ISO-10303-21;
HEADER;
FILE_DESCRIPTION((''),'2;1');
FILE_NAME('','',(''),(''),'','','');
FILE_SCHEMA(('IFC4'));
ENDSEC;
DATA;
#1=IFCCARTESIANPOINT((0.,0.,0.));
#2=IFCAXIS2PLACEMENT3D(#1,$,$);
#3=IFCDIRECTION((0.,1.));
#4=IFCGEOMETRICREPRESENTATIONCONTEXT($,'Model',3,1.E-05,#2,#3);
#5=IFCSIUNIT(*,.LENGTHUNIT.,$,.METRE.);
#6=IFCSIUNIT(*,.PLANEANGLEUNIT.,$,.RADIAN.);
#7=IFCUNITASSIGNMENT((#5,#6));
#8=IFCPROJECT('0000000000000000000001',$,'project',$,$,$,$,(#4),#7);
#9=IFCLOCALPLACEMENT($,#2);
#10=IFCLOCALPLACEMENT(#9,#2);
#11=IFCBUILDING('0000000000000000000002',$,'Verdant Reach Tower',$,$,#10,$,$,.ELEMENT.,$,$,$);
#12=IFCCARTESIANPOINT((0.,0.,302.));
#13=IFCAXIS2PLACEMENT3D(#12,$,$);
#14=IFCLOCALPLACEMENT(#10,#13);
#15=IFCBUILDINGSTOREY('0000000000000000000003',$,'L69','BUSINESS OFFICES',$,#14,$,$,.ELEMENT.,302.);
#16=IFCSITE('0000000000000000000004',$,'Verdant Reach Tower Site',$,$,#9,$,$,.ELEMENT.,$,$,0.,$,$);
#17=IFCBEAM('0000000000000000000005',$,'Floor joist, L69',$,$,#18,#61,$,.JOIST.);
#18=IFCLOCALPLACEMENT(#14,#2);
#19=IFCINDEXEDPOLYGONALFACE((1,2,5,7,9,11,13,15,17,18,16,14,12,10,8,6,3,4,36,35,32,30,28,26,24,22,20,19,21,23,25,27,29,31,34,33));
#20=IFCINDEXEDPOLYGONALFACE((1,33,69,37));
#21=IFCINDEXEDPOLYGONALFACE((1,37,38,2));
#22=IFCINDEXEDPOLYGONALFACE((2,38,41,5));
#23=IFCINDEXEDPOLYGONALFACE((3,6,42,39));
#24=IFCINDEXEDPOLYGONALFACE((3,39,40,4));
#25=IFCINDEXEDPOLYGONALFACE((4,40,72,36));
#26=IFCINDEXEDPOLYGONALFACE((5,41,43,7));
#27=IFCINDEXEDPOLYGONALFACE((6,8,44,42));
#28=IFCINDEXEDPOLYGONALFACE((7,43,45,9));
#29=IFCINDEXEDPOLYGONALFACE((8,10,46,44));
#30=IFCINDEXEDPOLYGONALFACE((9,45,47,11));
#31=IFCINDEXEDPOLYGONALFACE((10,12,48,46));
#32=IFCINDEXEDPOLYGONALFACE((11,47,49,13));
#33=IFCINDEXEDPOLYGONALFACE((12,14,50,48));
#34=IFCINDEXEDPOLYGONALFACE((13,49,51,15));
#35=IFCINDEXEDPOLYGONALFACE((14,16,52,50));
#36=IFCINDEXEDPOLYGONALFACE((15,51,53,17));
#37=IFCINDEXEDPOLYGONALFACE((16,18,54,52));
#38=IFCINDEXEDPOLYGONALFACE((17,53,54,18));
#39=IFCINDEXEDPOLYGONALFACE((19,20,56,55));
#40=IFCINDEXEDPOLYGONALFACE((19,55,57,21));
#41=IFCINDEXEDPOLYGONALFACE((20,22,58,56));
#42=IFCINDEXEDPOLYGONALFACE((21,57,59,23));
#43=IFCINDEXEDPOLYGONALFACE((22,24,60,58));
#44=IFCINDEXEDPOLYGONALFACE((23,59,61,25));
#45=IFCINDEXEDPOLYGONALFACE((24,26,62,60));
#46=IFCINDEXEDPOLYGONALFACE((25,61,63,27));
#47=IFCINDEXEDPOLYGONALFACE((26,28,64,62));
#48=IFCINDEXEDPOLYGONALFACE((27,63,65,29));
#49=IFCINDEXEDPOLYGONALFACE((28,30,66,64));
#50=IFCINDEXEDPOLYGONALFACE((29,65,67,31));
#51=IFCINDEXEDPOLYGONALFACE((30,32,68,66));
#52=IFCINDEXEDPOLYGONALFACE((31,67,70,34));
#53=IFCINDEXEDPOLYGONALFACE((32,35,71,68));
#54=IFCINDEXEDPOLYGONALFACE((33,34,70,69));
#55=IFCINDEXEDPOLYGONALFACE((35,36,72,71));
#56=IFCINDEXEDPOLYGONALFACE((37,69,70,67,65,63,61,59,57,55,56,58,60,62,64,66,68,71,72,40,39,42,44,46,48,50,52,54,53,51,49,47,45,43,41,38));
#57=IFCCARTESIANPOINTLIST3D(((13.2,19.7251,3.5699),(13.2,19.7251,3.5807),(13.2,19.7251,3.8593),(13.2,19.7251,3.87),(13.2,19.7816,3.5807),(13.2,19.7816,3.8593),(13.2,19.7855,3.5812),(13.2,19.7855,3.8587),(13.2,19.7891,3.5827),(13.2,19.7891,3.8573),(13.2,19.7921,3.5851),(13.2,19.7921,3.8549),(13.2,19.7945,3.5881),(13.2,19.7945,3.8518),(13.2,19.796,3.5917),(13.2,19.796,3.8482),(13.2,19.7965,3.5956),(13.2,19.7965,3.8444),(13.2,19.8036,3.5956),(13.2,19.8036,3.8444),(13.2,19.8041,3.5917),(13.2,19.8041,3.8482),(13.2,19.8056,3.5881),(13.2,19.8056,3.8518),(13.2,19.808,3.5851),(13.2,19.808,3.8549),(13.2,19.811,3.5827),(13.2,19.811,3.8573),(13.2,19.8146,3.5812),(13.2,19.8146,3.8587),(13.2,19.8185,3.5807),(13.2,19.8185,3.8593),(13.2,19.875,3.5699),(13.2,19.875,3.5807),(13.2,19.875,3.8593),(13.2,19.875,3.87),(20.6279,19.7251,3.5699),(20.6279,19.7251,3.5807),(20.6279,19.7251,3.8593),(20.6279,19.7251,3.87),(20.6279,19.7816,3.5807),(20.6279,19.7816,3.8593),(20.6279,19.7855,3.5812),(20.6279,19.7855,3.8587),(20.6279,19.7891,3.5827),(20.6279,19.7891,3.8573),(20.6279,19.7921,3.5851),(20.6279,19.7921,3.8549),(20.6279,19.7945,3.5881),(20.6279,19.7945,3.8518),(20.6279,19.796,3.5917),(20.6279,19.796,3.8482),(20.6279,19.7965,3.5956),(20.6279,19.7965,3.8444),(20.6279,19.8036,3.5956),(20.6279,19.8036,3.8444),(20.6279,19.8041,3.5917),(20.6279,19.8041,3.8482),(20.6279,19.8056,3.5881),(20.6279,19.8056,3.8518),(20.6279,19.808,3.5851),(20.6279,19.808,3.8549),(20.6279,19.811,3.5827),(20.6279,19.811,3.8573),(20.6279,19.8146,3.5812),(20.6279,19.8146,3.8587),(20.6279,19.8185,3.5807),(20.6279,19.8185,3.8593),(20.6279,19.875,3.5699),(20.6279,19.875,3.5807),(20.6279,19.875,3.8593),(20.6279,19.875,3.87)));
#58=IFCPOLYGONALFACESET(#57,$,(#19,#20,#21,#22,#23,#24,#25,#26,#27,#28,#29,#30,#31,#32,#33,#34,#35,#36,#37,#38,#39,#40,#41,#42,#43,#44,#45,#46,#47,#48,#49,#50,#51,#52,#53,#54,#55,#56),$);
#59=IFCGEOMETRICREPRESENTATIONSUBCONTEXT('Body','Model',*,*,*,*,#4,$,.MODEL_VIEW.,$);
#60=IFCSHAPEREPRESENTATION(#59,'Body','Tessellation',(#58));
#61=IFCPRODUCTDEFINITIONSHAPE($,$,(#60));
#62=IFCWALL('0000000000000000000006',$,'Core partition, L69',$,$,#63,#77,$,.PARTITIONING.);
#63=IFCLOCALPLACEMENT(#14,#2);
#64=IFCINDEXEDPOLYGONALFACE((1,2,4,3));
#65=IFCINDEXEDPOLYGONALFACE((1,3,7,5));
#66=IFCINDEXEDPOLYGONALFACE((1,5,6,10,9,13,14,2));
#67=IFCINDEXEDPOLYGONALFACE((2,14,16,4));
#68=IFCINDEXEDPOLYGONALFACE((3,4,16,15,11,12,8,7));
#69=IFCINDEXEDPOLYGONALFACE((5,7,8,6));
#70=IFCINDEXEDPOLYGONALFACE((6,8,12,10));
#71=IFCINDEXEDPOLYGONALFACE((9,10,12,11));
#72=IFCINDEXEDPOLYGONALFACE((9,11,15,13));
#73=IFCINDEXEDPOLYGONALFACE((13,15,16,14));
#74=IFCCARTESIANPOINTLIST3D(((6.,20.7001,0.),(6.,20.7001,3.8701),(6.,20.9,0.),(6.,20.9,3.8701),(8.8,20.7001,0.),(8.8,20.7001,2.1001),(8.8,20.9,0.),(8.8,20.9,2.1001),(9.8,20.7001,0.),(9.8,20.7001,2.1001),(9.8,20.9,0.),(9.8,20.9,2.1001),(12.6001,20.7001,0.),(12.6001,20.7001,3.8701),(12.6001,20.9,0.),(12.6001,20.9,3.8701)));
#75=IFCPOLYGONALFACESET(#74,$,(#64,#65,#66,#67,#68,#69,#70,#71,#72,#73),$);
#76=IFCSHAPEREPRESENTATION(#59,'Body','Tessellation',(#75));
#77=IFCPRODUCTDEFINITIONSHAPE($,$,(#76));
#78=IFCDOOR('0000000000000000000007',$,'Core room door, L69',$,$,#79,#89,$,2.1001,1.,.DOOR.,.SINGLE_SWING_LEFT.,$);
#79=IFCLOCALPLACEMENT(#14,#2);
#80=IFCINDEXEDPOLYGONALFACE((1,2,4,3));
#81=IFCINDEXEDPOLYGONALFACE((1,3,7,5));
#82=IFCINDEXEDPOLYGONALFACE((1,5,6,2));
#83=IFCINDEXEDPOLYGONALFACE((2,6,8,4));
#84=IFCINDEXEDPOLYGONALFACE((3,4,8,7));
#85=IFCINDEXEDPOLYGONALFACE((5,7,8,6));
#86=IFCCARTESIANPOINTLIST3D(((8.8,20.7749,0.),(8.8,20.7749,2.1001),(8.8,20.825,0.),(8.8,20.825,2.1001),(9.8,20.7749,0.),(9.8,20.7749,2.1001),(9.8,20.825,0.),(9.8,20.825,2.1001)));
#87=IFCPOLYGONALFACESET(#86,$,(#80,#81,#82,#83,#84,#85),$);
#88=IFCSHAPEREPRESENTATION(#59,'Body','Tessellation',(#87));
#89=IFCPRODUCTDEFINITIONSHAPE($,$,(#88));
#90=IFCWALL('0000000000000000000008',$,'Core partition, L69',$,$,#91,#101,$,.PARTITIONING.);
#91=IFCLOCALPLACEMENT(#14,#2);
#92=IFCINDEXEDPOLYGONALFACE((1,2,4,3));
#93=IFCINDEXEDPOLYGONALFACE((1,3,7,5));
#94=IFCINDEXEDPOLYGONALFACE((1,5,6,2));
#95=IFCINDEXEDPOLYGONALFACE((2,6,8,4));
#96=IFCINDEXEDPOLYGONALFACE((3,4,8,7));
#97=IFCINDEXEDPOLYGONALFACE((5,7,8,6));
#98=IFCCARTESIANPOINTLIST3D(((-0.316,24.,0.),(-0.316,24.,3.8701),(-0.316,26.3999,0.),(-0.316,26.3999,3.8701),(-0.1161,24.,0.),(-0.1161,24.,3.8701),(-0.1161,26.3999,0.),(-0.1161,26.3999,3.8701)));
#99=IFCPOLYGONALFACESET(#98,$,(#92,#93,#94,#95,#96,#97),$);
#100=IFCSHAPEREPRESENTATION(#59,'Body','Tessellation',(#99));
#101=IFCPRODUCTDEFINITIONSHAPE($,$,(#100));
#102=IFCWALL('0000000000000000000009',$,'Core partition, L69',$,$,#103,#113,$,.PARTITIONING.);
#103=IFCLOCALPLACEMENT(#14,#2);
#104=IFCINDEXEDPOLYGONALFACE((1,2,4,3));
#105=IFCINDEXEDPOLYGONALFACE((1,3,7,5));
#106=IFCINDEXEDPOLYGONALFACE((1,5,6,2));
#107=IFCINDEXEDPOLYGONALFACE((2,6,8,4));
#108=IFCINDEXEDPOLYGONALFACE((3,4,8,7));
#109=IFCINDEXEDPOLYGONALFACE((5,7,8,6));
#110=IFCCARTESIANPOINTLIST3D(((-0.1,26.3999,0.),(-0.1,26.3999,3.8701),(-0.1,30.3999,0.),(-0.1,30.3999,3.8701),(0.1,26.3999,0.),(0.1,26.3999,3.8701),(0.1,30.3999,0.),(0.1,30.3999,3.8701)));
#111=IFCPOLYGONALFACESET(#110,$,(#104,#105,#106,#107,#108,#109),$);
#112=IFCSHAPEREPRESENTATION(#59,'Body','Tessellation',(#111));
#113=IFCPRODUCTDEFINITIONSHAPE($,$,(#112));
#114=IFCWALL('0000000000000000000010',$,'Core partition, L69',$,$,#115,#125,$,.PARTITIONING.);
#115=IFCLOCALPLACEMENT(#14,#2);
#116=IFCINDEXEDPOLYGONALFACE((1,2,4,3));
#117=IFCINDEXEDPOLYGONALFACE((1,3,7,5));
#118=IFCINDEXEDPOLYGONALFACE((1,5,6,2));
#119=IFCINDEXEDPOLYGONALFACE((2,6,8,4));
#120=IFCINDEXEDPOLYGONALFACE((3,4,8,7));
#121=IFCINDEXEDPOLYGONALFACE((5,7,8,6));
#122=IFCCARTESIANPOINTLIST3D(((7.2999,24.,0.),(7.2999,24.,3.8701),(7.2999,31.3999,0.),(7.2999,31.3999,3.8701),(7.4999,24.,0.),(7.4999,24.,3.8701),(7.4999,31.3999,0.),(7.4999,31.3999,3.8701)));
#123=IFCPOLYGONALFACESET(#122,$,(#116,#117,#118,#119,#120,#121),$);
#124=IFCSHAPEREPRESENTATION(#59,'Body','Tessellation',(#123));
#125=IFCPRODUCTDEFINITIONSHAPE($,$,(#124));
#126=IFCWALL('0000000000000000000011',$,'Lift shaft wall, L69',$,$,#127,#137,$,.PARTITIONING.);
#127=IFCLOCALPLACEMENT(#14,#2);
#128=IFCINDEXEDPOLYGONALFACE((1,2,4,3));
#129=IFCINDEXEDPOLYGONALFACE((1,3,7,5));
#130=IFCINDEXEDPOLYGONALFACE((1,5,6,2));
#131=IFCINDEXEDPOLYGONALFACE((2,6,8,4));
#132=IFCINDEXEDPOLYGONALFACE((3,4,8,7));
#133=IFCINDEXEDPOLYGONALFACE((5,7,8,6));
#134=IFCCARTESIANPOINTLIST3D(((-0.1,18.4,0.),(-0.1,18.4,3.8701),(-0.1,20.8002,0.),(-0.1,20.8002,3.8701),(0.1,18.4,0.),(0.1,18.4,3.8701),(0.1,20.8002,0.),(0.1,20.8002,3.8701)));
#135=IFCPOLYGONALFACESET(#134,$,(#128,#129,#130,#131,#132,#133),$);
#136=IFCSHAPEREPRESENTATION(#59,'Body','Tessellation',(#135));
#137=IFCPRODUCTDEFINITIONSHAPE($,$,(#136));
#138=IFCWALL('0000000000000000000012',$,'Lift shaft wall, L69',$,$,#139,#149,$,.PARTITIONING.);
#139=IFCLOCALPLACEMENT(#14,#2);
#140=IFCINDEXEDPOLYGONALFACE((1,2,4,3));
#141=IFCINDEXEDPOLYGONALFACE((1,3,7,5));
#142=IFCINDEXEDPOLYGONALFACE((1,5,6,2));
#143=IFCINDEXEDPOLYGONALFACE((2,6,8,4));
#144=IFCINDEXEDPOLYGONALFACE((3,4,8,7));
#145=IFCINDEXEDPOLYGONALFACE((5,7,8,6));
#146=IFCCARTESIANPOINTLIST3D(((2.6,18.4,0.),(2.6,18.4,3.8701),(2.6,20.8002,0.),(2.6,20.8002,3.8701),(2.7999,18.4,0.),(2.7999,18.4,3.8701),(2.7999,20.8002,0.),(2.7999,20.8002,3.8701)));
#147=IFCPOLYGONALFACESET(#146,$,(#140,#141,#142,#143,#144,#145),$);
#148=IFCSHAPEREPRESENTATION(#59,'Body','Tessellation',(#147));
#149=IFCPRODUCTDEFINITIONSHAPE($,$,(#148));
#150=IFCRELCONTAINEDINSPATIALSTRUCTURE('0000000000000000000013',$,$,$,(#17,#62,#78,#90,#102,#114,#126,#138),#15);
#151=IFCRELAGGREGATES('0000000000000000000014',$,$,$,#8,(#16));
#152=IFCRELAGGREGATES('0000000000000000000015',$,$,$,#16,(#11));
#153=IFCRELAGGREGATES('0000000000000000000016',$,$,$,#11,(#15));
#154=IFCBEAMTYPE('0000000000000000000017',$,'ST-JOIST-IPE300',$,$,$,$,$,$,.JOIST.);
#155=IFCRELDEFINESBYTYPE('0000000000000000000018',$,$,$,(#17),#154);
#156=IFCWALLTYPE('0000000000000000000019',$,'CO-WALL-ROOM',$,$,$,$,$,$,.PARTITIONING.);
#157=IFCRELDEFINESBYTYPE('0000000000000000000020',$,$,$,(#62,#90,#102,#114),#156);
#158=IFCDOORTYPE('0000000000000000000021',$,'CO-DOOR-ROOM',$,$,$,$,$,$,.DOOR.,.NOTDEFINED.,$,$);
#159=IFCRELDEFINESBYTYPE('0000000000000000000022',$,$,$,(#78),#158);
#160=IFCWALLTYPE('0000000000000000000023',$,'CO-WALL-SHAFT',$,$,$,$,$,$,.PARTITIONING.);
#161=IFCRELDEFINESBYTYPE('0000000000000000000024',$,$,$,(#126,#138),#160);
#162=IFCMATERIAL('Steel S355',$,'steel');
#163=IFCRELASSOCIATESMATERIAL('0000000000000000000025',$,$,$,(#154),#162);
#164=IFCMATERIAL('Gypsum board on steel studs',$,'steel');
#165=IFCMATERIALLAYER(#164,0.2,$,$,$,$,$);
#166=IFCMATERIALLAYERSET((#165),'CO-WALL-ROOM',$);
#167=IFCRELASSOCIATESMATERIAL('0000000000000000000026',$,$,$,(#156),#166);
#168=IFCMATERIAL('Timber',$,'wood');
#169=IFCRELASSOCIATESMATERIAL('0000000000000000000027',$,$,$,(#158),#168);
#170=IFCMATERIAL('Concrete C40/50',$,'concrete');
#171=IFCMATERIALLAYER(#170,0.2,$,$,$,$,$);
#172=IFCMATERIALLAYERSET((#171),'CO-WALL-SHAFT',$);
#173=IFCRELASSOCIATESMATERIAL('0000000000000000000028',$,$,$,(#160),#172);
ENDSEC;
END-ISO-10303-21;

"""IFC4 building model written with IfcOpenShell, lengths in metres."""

from ifc_helpers import new_model, si_unit, direction, frame, frame_2d, origin, origin_2d, place, context, subcontext, project, spatial, rectangle, i_section, extrude, material, layer, layer_set, material_profile, profile_set, type_object, element, fill, save


model = new_model("IFC4")

# Units and contexts
model_context = context("Model", 3, precision=1e-05, world=origin(), true_north=direction((0.0, 1.0)))
body_context = subcontext(model_context, "Body", "Model", "MODEL_VIEW")
ifc_project = project(units=[si_unit("LENGTHUNIT", "METRE"), si_unit("PLANEANGLEUNIT", "RADIAN")], contexts=[model_context])

# Site, building, storey
site_placement = place(None, origin())
site = spatial("IfcSite", under=ifc_project, at=site_placement, Name="Verdant Reach Tower Site", CompositionType="ELEMENT", RefElevation=0.0)
building_placement = place(site_placement, origin())
building = spatial("IfcBuilding", under=site, at=building_placement, Name="Verdant Reach Tower", CompositionType="ELEMENT")
storey_placement = place(building_placement, frame((0.0, 0.0, 302.0)))
storey = spatial("IfcBuildingStorey", under=building, at=storey_placement, Name="L69", Description="BUSINESS OFFICES", CompositionType="ELEMENT", Elevation=302.0)

# Beam
ifc_material_1 = material(Name="Steel S355", Category="steel")
ifc_material_profile = material_profile(ifc_material_1, i_section(OverallWidth=0.1499, OverallDepth=0.3, WebThickness=0.0071, FlangeThickness=0.0107, FilletRadius=0.0149, at=origin_2d()), Name="IPE 300")
ifc_profile_set = profile_set([ifc_material_profile], Name="Steel S355")
beam_type = type_object("IfcBeamType", Name="ST-JOIST-IPE300", PredefinedType="JOIST", material=ifc_profile_set)
beam_placement = place(storey_placement, frame((13.2, 19.8, 3.72), z_axis=(1.0, 0.0, 0.0), x_axis=(0.0, 1.0, 0.0)))
element("IfcBeam", 1, at=beam_placement, inside=storey, type_object=beam_type, Name="Floor joist, L69", PredefinedType="JOIST", context=body_context, shape_type="SweptSolid", body=[
    extrude(i_section(OverallWidth=0.1499, OverallDepth=0.3, WebThickness=0.0071, FlangeThickness=0.0107, FilletRadius=0.0149, at=origin_2d()), origin(), (0.0, 0.0, 1.0), 7.428),
])

# Wall, opening, door
ifc_material_2 = material(Name="Gypsum board on steel studs", Category="steel")
ifc_layer_1 = layer(ifc_material_2, 0.2)
ifc_layer_set_1 = layer_set([ifc_layer_1], Name="CO-WALL-ROOM")
wall_type_1 = type_object("IfcWallType", Name="CO-WALL-ROOM", PredefinedType="PARTITIONING", material=ifc_layer_set_1)
wall_1_placement = place(storey_placement, frame((6.0, 20.8, 0.0), z_axis=(0.0, 0.0, 1.0), x_axis=(1.0, 0.0, 0.0)))
wall_1 = element("IfcWall", 2, at=wall_1_placement, inside=storey, type_object=wall_type_1, Name="Core partition, L69", PredefinedType="PARTITIONING", context=body_context, shape_type="SweptSolid", body=[
    extrude(rectangle(XDim=6.6001, YDim=0.2, at=frame_2d((3.3, 0.0))), origin(), (0.0, 0.0, 1.0), 3.8701),
])
opening_1_placement = place(wall_1_placement, frame((2.8, 0.0, 0.0)))
opening_1 = element("IfcOpeningElement", 3, at=opening_1_placement, cuts=wall_1, PredefinedType="OPENING", context=body_context, shape_type="SweptSolid", body=[
    extrude(rectangle(XDim=1.0, YDim=2.1001, at=frame_2d((0.5, 1.05))), frame((0.0, 0.1099, 0.0), z_axis=(0.0, -1.0, 0.0), x_axis=(1.0, 0.0, 0.0)), (0.0, 0.0, 1.0), 0.22),
])
ifc_material_3 = material(Name="Timber", Category="wood")
door_type_1 = type_object("IfcDoorType", Name="CO-DOOR-ROOM", OperationType="NOTDEFINED", PredefinedType="DOOR", material=ifc_material_3)
door_1_placement = place(opening_1_placement, origin())
door_1 = element("IfcDoor", 4, at=door_1_placement, inside=storey, type_object=door_type_1, Name="Core room door, L69", OperationType="SINGLE_SWING_LEFT", OverallHeight=2.1001, OverallWidth=1.0, PredefinedType="DOOR", context=body_context, shape_type="SweptSolid", body=[
    extrude(rectangle(XDim=1.0, YDim=2.1001, at=frame_2d((0.5, 1.05))), frame((0.0, 0.0249, 0.0), z_axis=(0.0, -1.0, 0.0), x_axis=(1.0, 0.0, 0.0)), (0.0, 0.0, 1.0), 0.05),
])
fill(opening_1, door_1)

# Walls
wall_2_placement = place(storey_placement, frame((-0.2161, 24.0, 0.0), z_axis=(0.0, 0.0, 1.0), x_axis=(0.0, 1.0, 0.0)))
element("IfcWall", 5, at=wall_2_placement, inside=storey, type_object=wall_type_1, Name="Core partition, L69", PredefinedType="PARTITIONING", context=body_context, shape_type="SweptSolid", body=[
    extrude(rectangle(XDim=2.3999, YDim=0.2, at=frame_2d((1.2, 0.0))), origin(), (0.0, 0.0, 1.0), 3.8701),
])
wall_3_placement = place(storey_placement, frame((0.0, 26.3999, 0.0), z_axis=(0.0, 0.0, 1.0), x_axis=(0.0, 1.0, 0.0)))
element("IfcWall", 6, at=wall_3_placement, inside=storey, type_object=wall_type_1, Name="Core partition, L69", PredefinedType="PARTITIONING", context=body_context, shape_type="SweptSolid", body=[
    extrude(rectangle(XDim=4.0, YDim=0.2, at=frame_2d((2.0, 0.0))), origin(), (0.0, 0.0, 1.0), 3.8701),
])
wall_4_placement = place(storey_placement, frame((7.3999, 24.0, 0.0), z_axis=(0.0, 0.0, 1.0), x_axis=(0.0, 1.0, 0.0)))
element("IfcWall", 7, at=wall_4_placement, inside=storey, type_object=wall_type_1, Name="Core partition, L69", PredefinedType="PARTITIONING", context=body_context, shape_type="SweptSolid", body=[
    extrude(rectangle(XDim=7.3999, YDim=0.2, at=frame_2d((3.7, 0.0))), origin(), (0.0, 0.0, 1.0), 3.8701),
])
ifc_material_4 = material(Name="Concrete C40/50", Category="concrete")
ifc_layer_2 = layer(ifc_material_4, 0.2)
ifc_layer_set_2 = layer_set([ifc_layer_2], Name="CO-WALL-SHAFT")
wall_type_2 = type_object("IfcWallType", Name="CO-WALL-SHAFT", PredefinedType="PARTITIONING", material=ifc_layer_set_2)
for number, where, z_axis, x_axis, name in (
    (8, (0.0, 18.3999, 0.0), (0.0, 0.0, 1.0), (0.0, 1.0, 0.0), "Lift shaft wall, L69"),
    (9, (2.7, 18.3999, 0.0), (0.0, 0.0, 1.0), (0.0, 1.0, 0.0), "Lift shaft wall, L69"),
):
    element("IfcWall", number, at=place(storey_placement, frame(where, z_axis=z_axis, x_axis=x_axis)), inside=storey, type_object=wall_type_2, Name=name, PredefinedType="PARTITIONING", context=body_context, shape_type="SweptSolid", body=[
        extrude(rectangle(XDim=2.4001, YDim=0.2, at=frame_2d((1.2002, 0.0))), origin(), (0.0, 0.0, 1.0), 3.8701),
    ])

save(model, "model.ifc")
